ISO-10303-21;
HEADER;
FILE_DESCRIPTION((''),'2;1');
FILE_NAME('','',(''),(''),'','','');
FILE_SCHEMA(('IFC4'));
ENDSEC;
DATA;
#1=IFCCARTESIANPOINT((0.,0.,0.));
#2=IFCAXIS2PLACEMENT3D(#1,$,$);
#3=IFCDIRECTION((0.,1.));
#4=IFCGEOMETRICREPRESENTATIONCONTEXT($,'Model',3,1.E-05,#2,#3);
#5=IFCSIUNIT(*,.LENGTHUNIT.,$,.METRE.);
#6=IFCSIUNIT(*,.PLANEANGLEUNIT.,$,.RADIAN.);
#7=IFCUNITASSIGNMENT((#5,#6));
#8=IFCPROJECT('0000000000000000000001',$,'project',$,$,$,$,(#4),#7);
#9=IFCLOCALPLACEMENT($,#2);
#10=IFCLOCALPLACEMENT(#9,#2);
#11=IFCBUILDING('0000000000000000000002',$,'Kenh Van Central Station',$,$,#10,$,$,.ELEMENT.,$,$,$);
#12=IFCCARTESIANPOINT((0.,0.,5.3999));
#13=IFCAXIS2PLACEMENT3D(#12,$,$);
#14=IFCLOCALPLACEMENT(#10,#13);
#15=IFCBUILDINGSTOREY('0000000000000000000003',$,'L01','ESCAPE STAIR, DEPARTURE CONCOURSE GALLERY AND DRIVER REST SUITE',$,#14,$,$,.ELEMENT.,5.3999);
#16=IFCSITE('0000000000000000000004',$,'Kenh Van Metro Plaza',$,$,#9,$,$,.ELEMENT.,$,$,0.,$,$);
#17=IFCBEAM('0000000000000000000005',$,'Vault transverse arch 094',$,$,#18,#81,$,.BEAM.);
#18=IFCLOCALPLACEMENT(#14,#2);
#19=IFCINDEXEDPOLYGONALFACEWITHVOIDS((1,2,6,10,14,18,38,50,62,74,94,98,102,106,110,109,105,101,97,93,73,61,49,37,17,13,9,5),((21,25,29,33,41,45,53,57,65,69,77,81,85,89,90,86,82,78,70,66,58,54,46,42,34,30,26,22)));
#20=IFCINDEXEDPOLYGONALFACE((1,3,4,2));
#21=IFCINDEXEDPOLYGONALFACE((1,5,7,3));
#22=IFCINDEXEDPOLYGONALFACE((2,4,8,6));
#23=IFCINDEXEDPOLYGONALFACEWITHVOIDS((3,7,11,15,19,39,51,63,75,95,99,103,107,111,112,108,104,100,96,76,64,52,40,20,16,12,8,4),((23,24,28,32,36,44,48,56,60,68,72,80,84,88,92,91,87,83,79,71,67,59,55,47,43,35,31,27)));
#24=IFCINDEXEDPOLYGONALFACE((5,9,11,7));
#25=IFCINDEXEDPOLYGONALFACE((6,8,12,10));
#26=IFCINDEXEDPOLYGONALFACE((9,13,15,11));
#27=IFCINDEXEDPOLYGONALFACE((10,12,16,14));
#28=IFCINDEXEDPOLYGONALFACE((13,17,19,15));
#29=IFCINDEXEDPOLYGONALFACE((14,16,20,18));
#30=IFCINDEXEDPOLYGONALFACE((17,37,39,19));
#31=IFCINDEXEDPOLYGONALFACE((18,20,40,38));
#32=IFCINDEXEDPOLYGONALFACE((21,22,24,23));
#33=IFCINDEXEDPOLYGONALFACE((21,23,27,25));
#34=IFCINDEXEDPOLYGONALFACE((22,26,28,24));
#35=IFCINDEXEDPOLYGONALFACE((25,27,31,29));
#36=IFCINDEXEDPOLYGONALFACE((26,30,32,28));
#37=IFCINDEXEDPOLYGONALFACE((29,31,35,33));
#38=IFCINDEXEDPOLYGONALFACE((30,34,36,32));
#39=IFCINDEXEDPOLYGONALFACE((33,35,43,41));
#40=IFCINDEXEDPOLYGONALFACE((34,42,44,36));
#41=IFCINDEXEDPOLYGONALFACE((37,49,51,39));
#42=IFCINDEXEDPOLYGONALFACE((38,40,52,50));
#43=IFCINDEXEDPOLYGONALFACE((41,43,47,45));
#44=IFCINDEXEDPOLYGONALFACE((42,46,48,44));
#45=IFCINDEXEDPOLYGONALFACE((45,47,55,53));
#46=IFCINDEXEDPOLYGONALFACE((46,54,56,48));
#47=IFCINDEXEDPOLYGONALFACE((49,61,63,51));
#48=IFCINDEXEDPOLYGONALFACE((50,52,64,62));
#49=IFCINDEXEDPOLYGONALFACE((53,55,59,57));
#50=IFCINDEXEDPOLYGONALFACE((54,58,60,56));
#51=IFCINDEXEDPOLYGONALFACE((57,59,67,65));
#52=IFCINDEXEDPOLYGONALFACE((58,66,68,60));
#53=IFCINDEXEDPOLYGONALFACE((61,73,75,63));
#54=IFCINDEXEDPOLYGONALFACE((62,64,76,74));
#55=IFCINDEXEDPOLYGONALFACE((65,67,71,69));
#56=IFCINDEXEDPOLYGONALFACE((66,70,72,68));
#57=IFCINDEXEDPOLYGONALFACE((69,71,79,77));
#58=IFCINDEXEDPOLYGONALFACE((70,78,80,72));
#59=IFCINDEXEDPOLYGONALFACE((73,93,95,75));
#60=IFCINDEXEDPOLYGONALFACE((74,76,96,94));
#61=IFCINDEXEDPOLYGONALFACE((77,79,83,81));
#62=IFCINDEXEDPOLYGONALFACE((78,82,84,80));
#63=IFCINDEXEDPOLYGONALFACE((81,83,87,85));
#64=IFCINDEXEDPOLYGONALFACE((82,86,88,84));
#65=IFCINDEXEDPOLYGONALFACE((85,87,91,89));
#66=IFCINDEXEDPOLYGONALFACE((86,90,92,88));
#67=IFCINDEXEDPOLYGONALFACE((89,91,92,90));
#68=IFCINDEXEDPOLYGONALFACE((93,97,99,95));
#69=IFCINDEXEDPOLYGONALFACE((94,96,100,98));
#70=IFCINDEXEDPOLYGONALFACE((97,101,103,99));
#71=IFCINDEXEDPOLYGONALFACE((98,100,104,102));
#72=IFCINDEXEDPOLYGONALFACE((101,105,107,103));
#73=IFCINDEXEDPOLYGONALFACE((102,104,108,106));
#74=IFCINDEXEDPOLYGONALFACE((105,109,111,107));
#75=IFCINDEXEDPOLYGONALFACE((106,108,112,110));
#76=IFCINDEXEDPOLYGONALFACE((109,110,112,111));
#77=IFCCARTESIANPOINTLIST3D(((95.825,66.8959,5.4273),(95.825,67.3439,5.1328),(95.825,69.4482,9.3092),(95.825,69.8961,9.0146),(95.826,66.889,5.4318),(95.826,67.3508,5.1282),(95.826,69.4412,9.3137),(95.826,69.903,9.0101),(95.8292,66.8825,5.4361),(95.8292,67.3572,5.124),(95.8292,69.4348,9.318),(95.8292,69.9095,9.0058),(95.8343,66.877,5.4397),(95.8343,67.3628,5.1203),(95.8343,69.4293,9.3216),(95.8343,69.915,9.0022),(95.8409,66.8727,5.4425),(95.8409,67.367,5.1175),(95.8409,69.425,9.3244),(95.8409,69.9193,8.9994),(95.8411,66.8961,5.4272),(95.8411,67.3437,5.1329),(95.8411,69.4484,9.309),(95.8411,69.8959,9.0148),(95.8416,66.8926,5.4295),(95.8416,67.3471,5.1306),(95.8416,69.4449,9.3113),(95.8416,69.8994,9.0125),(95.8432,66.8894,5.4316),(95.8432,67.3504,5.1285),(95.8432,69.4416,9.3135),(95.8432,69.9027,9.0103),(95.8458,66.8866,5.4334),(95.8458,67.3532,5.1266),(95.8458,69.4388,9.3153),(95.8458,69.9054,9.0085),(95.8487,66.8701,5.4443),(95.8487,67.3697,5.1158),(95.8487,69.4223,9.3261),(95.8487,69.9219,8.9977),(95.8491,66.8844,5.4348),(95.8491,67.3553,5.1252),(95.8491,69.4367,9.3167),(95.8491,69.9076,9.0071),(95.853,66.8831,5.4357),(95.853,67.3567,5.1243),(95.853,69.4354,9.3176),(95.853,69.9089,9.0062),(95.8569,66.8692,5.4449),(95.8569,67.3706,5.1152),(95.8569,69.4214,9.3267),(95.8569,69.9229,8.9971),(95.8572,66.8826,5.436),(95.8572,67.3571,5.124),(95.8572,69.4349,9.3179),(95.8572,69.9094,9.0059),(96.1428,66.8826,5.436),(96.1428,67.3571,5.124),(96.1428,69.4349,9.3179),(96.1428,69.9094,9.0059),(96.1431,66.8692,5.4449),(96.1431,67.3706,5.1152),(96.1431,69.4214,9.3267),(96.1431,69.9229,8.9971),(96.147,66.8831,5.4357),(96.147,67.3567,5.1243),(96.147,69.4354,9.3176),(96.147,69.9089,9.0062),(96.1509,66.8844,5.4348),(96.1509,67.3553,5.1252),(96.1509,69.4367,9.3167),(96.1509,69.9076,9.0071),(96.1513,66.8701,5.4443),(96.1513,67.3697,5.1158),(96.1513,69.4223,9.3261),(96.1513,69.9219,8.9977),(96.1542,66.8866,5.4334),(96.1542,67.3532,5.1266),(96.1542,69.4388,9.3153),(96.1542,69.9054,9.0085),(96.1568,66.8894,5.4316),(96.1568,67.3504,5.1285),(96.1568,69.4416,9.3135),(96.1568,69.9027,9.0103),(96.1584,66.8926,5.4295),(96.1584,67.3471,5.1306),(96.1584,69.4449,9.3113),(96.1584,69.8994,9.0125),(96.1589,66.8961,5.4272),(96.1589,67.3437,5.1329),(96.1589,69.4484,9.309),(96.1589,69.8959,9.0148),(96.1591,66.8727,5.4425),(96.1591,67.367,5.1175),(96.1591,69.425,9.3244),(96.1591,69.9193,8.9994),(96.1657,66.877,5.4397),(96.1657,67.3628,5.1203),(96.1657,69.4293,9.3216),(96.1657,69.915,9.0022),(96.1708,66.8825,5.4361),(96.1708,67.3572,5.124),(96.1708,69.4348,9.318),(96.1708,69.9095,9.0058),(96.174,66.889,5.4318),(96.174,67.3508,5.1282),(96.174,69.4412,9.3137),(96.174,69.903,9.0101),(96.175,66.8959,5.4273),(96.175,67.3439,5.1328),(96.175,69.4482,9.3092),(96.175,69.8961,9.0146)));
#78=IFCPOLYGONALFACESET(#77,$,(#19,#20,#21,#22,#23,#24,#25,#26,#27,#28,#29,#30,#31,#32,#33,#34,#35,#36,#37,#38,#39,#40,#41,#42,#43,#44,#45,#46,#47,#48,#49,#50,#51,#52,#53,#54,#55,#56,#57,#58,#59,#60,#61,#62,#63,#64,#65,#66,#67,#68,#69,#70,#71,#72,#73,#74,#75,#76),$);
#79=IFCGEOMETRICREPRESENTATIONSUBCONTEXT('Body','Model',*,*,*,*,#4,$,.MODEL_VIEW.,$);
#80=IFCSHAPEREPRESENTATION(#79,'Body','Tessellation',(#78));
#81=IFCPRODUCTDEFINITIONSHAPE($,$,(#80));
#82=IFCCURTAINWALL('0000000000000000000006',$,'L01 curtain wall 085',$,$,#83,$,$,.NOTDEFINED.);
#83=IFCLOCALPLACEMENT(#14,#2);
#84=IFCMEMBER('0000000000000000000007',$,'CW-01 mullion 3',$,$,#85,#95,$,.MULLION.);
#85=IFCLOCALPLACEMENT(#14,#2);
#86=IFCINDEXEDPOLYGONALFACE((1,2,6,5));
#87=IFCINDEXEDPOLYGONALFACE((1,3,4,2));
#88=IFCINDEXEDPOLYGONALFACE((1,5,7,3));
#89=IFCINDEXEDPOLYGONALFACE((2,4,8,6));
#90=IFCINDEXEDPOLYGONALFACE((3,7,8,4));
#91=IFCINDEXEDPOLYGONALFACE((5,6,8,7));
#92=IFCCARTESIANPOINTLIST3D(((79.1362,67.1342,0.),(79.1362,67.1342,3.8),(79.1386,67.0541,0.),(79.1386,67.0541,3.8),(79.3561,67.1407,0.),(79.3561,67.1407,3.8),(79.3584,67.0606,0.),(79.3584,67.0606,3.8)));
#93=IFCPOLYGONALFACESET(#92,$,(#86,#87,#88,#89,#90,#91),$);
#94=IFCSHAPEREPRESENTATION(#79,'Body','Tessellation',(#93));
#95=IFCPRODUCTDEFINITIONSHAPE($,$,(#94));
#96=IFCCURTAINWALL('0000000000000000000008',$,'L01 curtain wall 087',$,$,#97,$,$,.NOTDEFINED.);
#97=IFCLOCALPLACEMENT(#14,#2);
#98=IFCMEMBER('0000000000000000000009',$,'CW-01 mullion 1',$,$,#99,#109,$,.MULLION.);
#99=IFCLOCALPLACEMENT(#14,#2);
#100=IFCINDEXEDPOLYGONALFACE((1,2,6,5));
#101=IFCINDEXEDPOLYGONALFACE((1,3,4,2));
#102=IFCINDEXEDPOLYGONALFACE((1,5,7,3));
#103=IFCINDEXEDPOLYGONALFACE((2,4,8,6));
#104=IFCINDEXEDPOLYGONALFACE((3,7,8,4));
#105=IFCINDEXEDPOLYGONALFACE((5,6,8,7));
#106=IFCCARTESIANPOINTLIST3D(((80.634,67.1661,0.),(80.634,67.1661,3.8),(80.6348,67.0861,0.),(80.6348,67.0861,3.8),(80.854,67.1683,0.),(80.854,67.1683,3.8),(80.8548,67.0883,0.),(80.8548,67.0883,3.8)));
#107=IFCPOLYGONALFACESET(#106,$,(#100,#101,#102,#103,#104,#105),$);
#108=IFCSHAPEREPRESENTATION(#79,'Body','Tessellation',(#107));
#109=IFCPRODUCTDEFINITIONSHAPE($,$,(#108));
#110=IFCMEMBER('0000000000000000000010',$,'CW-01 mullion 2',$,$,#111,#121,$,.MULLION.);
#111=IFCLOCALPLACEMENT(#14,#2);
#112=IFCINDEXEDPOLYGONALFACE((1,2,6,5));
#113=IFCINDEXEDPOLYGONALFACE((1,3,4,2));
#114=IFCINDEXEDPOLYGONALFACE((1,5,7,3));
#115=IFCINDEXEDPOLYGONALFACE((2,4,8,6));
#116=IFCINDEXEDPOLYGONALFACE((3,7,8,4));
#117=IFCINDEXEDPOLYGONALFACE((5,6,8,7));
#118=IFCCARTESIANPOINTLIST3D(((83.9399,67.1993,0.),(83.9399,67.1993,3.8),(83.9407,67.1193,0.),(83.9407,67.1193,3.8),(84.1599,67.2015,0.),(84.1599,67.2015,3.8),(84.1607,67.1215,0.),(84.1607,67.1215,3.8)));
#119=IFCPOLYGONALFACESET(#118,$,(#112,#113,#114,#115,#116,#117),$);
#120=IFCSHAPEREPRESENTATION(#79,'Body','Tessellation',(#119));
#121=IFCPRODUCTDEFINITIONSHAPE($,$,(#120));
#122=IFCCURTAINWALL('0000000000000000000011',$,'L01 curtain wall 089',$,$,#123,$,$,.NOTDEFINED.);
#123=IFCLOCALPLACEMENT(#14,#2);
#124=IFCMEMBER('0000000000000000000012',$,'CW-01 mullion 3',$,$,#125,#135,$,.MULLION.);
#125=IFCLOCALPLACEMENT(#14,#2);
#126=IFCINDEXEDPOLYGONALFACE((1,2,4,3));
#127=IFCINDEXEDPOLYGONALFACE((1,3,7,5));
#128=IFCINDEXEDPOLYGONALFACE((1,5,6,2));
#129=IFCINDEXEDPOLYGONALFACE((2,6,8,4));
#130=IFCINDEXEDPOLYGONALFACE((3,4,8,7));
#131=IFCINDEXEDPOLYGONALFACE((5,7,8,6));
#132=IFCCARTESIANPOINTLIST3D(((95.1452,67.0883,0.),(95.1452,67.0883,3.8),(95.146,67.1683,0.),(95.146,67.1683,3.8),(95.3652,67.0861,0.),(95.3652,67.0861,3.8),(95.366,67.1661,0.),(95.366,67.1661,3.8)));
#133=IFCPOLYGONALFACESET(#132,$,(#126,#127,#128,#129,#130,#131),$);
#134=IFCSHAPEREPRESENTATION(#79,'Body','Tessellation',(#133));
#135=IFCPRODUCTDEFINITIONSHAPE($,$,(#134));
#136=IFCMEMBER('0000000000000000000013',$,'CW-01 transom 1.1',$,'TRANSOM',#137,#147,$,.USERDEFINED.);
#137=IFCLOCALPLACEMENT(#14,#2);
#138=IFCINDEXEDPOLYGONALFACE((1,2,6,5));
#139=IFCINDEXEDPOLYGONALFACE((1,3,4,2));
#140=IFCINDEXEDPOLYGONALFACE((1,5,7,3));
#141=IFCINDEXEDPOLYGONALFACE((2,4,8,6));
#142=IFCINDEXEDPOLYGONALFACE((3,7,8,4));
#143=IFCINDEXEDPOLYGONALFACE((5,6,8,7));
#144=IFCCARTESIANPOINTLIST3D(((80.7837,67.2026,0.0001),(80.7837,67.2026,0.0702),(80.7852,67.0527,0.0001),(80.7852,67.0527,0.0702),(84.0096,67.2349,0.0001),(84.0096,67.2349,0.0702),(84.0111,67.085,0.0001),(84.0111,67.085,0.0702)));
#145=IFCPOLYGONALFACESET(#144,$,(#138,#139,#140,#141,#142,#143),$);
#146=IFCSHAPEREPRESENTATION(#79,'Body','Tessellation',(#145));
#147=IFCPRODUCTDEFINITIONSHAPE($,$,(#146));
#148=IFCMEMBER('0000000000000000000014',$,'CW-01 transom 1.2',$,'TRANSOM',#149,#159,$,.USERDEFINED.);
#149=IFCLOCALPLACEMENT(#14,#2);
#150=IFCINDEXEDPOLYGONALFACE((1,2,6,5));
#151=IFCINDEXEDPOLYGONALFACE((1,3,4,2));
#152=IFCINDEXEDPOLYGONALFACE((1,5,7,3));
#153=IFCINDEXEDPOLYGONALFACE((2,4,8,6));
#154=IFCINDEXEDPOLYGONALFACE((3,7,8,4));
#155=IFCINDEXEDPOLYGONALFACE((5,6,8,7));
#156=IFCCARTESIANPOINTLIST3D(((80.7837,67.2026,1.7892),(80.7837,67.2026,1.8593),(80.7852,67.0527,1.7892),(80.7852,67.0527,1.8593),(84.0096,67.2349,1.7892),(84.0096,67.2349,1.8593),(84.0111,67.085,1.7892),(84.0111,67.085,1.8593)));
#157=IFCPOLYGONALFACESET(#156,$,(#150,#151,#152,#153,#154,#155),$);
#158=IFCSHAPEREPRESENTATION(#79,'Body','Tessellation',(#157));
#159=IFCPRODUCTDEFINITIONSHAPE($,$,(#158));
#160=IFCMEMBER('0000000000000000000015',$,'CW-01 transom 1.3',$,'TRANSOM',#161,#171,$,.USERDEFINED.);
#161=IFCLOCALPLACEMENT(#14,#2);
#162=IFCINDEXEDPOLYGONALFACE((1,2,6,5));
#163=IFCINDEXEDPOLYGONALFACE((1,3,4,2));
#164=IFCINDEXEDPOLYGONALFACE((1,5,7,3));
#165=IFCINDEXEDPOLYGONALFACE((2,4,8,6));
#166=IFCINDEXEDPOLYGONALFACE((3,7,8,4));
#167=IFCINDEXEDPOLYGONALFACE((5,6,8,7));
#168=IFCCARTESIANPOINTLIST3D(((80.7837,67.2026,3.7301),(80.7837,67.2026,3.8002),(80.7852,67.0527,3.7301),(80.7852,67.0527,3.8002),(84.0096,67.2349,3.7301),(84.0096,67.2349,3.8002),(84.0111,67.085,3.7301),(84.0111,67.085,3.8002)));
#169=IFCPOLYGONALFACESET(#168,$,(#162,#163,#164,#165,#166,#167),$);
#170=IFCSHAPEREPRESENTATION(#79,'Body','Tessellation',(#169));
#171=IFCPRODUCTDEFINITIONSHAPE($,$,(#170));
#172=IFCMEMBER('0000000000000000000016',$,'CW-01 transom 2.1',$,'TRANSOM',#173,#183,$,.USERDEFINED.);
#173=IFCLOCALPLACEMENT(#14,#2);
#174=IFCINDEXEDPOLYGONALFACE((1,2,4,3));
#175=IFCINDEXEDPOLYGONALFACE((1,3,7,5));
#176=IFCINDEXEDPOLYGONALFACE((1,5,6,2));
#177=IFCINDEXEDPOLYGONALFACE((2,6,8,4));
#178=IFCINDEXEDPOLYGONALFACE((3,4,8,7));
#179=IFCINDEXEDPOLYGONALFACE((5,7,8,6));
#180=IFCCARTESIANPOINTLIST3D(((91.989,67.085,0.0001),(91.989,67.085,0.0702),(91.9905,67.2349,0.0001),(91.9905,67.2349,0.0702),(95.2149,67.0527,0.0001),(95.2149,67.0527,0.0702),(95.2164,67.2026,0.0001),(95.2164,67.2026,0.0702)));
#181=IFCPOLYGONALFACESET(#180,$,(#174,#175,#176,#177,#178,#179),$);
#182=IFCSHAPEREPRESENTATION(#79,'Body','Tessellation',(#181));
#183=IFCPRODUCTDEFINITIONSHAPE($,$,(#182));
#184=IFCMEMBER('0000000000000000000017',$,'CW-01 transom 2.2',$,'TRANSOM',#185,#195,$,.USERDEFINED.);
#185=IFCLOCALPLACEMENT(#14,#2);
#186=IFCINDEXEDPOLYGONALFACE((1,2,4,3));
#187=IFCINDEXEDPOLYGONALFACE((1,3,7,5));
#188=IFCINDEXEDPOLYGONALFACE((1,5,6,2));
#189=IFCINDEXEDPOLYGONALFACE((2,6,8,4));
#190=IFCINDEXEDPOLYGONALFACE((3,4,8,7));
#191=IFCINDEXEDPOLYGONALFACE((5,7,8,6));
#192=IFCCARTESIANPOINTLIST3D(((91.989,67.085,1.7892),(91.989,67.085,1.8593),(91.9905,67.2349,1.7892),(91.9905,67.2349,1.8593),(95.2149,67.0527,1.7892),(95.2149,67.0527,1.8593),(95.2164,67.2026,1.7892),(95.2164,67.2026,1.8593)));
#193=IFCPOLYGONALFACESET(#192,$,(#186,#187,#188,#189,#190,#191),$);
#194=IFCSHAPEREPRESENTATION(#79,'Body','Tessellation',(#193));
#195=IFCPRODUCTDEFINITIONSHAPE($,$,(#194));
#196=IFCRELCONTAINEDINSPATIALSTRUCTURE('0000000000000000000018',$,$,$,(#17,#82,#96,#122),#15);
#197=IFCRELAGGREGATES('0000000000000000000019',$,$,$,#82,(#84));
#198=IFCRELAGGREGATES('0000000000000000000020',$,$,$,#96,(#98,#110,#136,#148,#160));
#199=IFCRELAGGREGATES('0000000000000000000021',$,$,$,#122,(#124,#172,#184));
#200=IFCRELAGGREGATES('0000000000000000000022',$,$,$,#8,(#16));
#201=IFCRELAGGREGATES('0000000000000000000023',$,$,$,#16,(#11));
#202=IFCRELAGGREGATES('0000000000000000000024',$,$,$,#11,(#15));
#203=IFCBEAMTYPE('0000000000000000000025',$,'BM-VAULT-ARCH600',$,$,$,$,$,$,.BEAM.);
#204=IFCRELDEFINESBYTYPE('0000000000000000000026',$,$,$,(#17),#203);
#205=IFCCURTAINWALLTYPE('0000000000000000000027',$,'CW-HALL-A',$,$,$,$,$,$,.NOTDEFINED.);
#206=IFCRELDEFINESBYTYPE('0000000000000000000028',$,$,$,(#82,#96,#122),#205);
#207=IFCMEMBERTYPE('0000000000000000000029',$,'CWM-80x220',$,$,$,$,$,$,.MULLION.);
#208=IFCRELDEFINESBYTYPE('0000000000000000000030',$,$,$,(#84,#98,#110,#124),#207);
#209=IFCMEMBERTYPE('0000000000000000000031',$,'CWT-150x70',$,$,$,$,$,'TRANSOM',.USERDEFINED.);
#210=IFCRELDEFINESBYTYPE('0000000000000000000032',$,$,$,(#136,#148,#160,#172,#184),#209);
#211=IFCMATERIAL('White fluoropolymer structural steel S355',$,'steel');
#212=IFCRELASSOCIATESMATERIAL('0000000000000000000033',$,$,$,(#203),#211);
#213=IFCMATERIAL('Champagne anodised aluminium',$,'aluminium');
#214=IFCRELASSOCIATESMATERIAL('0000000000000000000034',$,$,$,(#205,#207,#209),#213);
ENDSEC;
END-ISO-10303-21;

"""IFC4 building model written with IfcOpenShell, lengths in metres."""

from ifc_helpers import new_model, si_unit, direction, frame, origin, origin_2d, place, context, subcontext, project, spatial, rectangle, hollow_rectangle, extrude, material, material_profile, profile_set, type_object, element, aggregate, save


model = new_model("IFC4")

# Units and contexts
model_context = context("Model", 3, precision=1e-05, world=origin(), true_north=direction((0.0, 1.0)))
body_context = subcontext(model_context, "Body", "Model", "MODEL_VIEW")
ifc_project = project(units=[si_unit("LENGTHUNIT", "METRE"), si_unit("PLANEANGLEUNIT", "RADIAN")], contexts=[model_context])

# Site, building, storey
site_placement = place(None, origin())
site = spatial("IfcSite", under=ifc_project, at=site_placement, Name="Kenh Van Metro Plaza", CompositionType="ELEMENT", RefElevation=0.0)
building_placement = place(site_placement, origin())
building = spatial("IfcBuilding", under=site, at=building_placement, Name="Kenh Van Central Station", CompositionType="ELEMENT")
storey_placement = place(building_placement, frame((0.0, 0.0, 5.3999)))
storey = spatial("IfcBuildingStorey", under=building, at=storey_placement, Name="L01", Description="ESCAPE STAIR, DEPARTURE CONCOURSE GALLERY AND DRIVER REST SUITE", CompositionType="ELEMENT", Elevation=5.3999)

# Beam
ifc_material_1 = material(Name="White fluoropolymer structural steel S355", Category="steel")
ifc_material_profile_1 = material_profile(ifc_material_1, hollow_rectangle(XDim=0.3501, YDim=0.6001, WallThickness=0.0161, InnerFilletRadius=0.0161, OuterFilletRadius=0.032, at=origin_2d()), Name="RHS 600x350x16")
ifc_profile_set_1 = profile_set([ifc_material_profile_1], Name="White fluoropolymer structural steel S355")
beam_type_1 = type_object("IfcBeamType", Name="BM-VAULT-ARCH600", PredefinedType="BEAM", material=ifc_profile_set_1)
beam_1_placement = place(storey_placement, frame((96.0, 67.1199, 5.28), z_axis=(0.0, 0.549377, 0.835575), x_axis=(-1.0, 0.0, 0.0)))
element("IfcBeam", 1, at=beam_1_placement, inside=storey, type_object=beam_type_1, Name="Vault transverse arch 094", PredefinedType="BEAM", context=body_context, shape_type="SweptSolid", body=[
    extrude(hollow_rectangle(XDim=0.3501, YDim=0.6001, WallThickness=0.0161, InnerFilletRadius=0.0161, OuterFilletRadius=0.032, at=origin_2d()), origin(), (0.0, 0.0, 1.0), 4.6458),
])

# Curtain wall, member
ifc_material_2 = material(Name="Champagne anodised aluminium", Category="aluminium")
curtain_wall_type = type_object("IfcCurtainWallType", Name="CW-HALL-A", PredefinedType="NOTDEFINED", material=ifc_material_2)
curtain_wall_1_placement = place(storey_placement, origin())
curtain_wall_1 = element("IfcCurtainWall", 2, at=curtain_wall_1_placement, inside=storey, type_object=curtain_wall_type, Name="L01 curtain wall 085", PredefinedType="NOTDEFINED")
ifc_material_profile_2 = material_profile(ifc_material_2, rectangle(XDim=0.0801, YDim=0.22, at=origin_2d()), Name="AL 80x220")
ifc_profile_set_2 = profile_set([ifc_material_profile_2], Name="Champagne anodised aluminium")
member_type_1 = type_object("IfcMemberType", Name="CWM-80x220", PredefinedType="MULLION", material=ifc_profile_set_2)
member_1_placement = place(storey_placement, frame((79.2473, 67.0974, 0.0), z_axis=(0.0, 0.0, 1.0), x_axis=(-0.029571, 0.999563, 0.0)))
member_1 = element("IfcMember", 3, at=member_1_placement, type_object=member_type_1, Name="CW-01 mullion 3", PredefinedType="MULLION", context=body_context, shape_type="SweptSolid", body=[
    extrude(rectangle(XDim=0.0801, YDim=0.22, at=origin_2d()), origin(), (0.0, 0.0, 1.0), 3.8),
])
aggregate(curtain_wall_1, [member_1])

# Curtain wall, members
curtain_wall_2_placement = place(storey_placement, origin())
curtain_wall_2 = element("IfcCurtainWall", 4, at=curtain_wall_2_placement, inside=storey, type_object=curtain_wall_type, Name="L01 curtain wall 087", PredefinedType="NOTDEFINED")
member_2_placement = place(storey_placement, frame((80.7444, 67.1272, 0.0), z_axis=(0.0, 0.0, 1.0), x_axis=(-0.010012, 0.99995, 0.0)))
member_2 = element("IfcMember", 5, at=member_2_placement, type_object=member_type_1, Name="CW-01 mullion 1", PredefinedType="MULLION", context=body_context, shape_type="SweptSolid", body=[
    extrude(rectangle(XDim=0.0801, YDim=0.22, at=origin_2d()), origin(), (0.0, 0.0, 1.0), 3.8),
])
member_3_placement = place(storey_placement, frame((84.0503, 67.1604, 0.0), z_axis=(0.0, 0.0, 1.0), x_axis=(-0.010012, 0.99995, 0.0)))
member_3 = element("IfcMember", 6, at=member_3_placement, type_object=member_type_1, Name="CW-01 mullion 2", PredefinedType="MULLION", context=body_context, shape_type="SweptSolid", body=[
    extrude(rectangle(XDim=0.0801, YDim=0.22, at=origin_2d()), origin(), (0.0, 0.0, 1.0), 3.8),
])

# Curtain wall, member
curtain_wall_3_placement = place(storey_placement, origin())
curtain_wall_3 = element("IfcCurtainWall", 7, at=curtain_wall_3_placement, inside=storey, type_object=curtain_wall_type, Name="L01 curtain wall 089", PredefinedType="NOTDEFINED")
member_4_placement = place(storey_placement, frame((95.2556, 67.1272, 0.0), z_axis=(0.0, 0.0, 1.0), x_axis=(0.010012, 0.99995, 0.0)))
member_4 = element("IfcMember", 8, at=member_4_placement, type_object=member_type_1, Name="CW-01 mullion 3", PredefinedType="MULLION", context=body_context, shape_type="SweptSolid", body=[
    extrude(rectangle(XDim=0.0801, YDim=0.22, at=origin_2d()), origin(), (0.0, 0.0, 1.0), 3.8),
])

# Members
ifc_material_profile_3 = material_profile(ifc_material_2, rectangle(XDim=0.1499, YDim=0.0701, at=origin_2d()), Name="AL 150x70")
ifc_profile_set_3 = profile_set([ifc_material_profile_3], Name="Champagne anodised aluminium")
member_type_2 = type_object("IfcMemberType", Name="CWT-150x70", ElementType="TRANSOM", PredefinedType="USERDEFINED", material=ifc_profile_set_3)
member_5_placement = place(storey_placement, frame((80.7844, 67.1277, 0.0352), z_axis=(0.99995, 0.00999, 0.0), x_axis=(-0.00999, 0.99995, 0.0)))
member_5 = element("IfcMember", 9, at=member_5_placement, type_object=member_type_2, Name="CW-01 transom 1.1", ObjectType="TRANSOM", PredefinedType="USERDEFINED", context=body_context, shape_type="SweptSolid", body=[
    extrude(rectangle(XDim=0.1499, YDim=0.0701, at=origin_2d()), origin(), (0.0, 0.0, 1.0), 3.2261),
])
member_6_placement = place(storey_placement, frame((80.7844, 67.1277, 1.8242), z_axis=(0.99995, 0.00999, 0.0), x_axis=(-0.00999, 0.99995, 0.0)))
member_6 = element("IfcMember", 10, at=member_6_placement, type_object=member_type_2, Name="CW-01 transom 1.2", ObjectType="TRANSOM", PredefinedType="USERDEFINED", context=body_context, shape_type="SweptSolid", body=[
    extrude(rectangle(XDim=0.1499, YDim=0.0701, at=origin_2d()), origin(), (0.0, 0.0, 1.0), 3.2261),
])
member_7_placement = place(storey_placement, frame((80.7844, 67.1277, 3.7651), z_axis=(0.99995, 0.00999, 0.0), x_axis=(-0.00999, 0.99995, 0.0)))
member_7 = element("IfcMember", 11, at=member_7_placement, type_object=member_type_2, Name="CW-01 transom 1.3", ObjectType="TRANSOM", PredefinedType="USERDEFINED", context=body_context, shape_type="SweptSolid", body=[
    extrude(rectangle(XDim=0.1499, YDim=0.0701, at=origin_2d()), origin(), (0.0, 0.0, 1.0), 3.2261),
])
member_8_placement = place(storey_placement, frame((91.9897, 67.1599, 0.0352), z_axis=(0.99995, -0.00999, 0.0), x_axis=(0.00999, 0.99995, 0.0)))
member_8 = element("IfcMember", 12, at=member_8_placement, type_object=member_type_2, Name="CW-01 transom 2.1", ObjectType="TRANSOM", PredefinedType="USERDEFINED", context=body_context, shape_type="SweptSolid", body=[
    extrude(rectangle(XDim=0.1499, YDim=0.0701, at=origin_2d()), origin(), (0.0, 0.0, 1.0), 3.2261),
])
member_9_placement = place(storey_placement, frame((91.9897, 67.1599, 1.8242), z_axis=(0.99995, -0.00999, 0.0), x_axis=(0.00999, 0.99995, 0.0)))
member_9 = element("IfcMember", 13, at=member_9_placement, type_object=member_type_2, Name="CW-01 transom 2.2", ObjectType="TRANSOM", PredefinedType="USERDEFINED", context=body_context, shape_type="SweptSolid", body=[
    extrude(rectangle(XDim=0.1499, YDim=0.0701, at=origin_2d()), origin(), (0.0, 0.0, 1.0), 3.2261),
])

aggregate(curtain_wall_2, [member_2, member_3, member_5, member_6, member_7])
aggregate(curtain_wall_3, [member_4, member_8, member_9])

save(model, "model.ifc")
